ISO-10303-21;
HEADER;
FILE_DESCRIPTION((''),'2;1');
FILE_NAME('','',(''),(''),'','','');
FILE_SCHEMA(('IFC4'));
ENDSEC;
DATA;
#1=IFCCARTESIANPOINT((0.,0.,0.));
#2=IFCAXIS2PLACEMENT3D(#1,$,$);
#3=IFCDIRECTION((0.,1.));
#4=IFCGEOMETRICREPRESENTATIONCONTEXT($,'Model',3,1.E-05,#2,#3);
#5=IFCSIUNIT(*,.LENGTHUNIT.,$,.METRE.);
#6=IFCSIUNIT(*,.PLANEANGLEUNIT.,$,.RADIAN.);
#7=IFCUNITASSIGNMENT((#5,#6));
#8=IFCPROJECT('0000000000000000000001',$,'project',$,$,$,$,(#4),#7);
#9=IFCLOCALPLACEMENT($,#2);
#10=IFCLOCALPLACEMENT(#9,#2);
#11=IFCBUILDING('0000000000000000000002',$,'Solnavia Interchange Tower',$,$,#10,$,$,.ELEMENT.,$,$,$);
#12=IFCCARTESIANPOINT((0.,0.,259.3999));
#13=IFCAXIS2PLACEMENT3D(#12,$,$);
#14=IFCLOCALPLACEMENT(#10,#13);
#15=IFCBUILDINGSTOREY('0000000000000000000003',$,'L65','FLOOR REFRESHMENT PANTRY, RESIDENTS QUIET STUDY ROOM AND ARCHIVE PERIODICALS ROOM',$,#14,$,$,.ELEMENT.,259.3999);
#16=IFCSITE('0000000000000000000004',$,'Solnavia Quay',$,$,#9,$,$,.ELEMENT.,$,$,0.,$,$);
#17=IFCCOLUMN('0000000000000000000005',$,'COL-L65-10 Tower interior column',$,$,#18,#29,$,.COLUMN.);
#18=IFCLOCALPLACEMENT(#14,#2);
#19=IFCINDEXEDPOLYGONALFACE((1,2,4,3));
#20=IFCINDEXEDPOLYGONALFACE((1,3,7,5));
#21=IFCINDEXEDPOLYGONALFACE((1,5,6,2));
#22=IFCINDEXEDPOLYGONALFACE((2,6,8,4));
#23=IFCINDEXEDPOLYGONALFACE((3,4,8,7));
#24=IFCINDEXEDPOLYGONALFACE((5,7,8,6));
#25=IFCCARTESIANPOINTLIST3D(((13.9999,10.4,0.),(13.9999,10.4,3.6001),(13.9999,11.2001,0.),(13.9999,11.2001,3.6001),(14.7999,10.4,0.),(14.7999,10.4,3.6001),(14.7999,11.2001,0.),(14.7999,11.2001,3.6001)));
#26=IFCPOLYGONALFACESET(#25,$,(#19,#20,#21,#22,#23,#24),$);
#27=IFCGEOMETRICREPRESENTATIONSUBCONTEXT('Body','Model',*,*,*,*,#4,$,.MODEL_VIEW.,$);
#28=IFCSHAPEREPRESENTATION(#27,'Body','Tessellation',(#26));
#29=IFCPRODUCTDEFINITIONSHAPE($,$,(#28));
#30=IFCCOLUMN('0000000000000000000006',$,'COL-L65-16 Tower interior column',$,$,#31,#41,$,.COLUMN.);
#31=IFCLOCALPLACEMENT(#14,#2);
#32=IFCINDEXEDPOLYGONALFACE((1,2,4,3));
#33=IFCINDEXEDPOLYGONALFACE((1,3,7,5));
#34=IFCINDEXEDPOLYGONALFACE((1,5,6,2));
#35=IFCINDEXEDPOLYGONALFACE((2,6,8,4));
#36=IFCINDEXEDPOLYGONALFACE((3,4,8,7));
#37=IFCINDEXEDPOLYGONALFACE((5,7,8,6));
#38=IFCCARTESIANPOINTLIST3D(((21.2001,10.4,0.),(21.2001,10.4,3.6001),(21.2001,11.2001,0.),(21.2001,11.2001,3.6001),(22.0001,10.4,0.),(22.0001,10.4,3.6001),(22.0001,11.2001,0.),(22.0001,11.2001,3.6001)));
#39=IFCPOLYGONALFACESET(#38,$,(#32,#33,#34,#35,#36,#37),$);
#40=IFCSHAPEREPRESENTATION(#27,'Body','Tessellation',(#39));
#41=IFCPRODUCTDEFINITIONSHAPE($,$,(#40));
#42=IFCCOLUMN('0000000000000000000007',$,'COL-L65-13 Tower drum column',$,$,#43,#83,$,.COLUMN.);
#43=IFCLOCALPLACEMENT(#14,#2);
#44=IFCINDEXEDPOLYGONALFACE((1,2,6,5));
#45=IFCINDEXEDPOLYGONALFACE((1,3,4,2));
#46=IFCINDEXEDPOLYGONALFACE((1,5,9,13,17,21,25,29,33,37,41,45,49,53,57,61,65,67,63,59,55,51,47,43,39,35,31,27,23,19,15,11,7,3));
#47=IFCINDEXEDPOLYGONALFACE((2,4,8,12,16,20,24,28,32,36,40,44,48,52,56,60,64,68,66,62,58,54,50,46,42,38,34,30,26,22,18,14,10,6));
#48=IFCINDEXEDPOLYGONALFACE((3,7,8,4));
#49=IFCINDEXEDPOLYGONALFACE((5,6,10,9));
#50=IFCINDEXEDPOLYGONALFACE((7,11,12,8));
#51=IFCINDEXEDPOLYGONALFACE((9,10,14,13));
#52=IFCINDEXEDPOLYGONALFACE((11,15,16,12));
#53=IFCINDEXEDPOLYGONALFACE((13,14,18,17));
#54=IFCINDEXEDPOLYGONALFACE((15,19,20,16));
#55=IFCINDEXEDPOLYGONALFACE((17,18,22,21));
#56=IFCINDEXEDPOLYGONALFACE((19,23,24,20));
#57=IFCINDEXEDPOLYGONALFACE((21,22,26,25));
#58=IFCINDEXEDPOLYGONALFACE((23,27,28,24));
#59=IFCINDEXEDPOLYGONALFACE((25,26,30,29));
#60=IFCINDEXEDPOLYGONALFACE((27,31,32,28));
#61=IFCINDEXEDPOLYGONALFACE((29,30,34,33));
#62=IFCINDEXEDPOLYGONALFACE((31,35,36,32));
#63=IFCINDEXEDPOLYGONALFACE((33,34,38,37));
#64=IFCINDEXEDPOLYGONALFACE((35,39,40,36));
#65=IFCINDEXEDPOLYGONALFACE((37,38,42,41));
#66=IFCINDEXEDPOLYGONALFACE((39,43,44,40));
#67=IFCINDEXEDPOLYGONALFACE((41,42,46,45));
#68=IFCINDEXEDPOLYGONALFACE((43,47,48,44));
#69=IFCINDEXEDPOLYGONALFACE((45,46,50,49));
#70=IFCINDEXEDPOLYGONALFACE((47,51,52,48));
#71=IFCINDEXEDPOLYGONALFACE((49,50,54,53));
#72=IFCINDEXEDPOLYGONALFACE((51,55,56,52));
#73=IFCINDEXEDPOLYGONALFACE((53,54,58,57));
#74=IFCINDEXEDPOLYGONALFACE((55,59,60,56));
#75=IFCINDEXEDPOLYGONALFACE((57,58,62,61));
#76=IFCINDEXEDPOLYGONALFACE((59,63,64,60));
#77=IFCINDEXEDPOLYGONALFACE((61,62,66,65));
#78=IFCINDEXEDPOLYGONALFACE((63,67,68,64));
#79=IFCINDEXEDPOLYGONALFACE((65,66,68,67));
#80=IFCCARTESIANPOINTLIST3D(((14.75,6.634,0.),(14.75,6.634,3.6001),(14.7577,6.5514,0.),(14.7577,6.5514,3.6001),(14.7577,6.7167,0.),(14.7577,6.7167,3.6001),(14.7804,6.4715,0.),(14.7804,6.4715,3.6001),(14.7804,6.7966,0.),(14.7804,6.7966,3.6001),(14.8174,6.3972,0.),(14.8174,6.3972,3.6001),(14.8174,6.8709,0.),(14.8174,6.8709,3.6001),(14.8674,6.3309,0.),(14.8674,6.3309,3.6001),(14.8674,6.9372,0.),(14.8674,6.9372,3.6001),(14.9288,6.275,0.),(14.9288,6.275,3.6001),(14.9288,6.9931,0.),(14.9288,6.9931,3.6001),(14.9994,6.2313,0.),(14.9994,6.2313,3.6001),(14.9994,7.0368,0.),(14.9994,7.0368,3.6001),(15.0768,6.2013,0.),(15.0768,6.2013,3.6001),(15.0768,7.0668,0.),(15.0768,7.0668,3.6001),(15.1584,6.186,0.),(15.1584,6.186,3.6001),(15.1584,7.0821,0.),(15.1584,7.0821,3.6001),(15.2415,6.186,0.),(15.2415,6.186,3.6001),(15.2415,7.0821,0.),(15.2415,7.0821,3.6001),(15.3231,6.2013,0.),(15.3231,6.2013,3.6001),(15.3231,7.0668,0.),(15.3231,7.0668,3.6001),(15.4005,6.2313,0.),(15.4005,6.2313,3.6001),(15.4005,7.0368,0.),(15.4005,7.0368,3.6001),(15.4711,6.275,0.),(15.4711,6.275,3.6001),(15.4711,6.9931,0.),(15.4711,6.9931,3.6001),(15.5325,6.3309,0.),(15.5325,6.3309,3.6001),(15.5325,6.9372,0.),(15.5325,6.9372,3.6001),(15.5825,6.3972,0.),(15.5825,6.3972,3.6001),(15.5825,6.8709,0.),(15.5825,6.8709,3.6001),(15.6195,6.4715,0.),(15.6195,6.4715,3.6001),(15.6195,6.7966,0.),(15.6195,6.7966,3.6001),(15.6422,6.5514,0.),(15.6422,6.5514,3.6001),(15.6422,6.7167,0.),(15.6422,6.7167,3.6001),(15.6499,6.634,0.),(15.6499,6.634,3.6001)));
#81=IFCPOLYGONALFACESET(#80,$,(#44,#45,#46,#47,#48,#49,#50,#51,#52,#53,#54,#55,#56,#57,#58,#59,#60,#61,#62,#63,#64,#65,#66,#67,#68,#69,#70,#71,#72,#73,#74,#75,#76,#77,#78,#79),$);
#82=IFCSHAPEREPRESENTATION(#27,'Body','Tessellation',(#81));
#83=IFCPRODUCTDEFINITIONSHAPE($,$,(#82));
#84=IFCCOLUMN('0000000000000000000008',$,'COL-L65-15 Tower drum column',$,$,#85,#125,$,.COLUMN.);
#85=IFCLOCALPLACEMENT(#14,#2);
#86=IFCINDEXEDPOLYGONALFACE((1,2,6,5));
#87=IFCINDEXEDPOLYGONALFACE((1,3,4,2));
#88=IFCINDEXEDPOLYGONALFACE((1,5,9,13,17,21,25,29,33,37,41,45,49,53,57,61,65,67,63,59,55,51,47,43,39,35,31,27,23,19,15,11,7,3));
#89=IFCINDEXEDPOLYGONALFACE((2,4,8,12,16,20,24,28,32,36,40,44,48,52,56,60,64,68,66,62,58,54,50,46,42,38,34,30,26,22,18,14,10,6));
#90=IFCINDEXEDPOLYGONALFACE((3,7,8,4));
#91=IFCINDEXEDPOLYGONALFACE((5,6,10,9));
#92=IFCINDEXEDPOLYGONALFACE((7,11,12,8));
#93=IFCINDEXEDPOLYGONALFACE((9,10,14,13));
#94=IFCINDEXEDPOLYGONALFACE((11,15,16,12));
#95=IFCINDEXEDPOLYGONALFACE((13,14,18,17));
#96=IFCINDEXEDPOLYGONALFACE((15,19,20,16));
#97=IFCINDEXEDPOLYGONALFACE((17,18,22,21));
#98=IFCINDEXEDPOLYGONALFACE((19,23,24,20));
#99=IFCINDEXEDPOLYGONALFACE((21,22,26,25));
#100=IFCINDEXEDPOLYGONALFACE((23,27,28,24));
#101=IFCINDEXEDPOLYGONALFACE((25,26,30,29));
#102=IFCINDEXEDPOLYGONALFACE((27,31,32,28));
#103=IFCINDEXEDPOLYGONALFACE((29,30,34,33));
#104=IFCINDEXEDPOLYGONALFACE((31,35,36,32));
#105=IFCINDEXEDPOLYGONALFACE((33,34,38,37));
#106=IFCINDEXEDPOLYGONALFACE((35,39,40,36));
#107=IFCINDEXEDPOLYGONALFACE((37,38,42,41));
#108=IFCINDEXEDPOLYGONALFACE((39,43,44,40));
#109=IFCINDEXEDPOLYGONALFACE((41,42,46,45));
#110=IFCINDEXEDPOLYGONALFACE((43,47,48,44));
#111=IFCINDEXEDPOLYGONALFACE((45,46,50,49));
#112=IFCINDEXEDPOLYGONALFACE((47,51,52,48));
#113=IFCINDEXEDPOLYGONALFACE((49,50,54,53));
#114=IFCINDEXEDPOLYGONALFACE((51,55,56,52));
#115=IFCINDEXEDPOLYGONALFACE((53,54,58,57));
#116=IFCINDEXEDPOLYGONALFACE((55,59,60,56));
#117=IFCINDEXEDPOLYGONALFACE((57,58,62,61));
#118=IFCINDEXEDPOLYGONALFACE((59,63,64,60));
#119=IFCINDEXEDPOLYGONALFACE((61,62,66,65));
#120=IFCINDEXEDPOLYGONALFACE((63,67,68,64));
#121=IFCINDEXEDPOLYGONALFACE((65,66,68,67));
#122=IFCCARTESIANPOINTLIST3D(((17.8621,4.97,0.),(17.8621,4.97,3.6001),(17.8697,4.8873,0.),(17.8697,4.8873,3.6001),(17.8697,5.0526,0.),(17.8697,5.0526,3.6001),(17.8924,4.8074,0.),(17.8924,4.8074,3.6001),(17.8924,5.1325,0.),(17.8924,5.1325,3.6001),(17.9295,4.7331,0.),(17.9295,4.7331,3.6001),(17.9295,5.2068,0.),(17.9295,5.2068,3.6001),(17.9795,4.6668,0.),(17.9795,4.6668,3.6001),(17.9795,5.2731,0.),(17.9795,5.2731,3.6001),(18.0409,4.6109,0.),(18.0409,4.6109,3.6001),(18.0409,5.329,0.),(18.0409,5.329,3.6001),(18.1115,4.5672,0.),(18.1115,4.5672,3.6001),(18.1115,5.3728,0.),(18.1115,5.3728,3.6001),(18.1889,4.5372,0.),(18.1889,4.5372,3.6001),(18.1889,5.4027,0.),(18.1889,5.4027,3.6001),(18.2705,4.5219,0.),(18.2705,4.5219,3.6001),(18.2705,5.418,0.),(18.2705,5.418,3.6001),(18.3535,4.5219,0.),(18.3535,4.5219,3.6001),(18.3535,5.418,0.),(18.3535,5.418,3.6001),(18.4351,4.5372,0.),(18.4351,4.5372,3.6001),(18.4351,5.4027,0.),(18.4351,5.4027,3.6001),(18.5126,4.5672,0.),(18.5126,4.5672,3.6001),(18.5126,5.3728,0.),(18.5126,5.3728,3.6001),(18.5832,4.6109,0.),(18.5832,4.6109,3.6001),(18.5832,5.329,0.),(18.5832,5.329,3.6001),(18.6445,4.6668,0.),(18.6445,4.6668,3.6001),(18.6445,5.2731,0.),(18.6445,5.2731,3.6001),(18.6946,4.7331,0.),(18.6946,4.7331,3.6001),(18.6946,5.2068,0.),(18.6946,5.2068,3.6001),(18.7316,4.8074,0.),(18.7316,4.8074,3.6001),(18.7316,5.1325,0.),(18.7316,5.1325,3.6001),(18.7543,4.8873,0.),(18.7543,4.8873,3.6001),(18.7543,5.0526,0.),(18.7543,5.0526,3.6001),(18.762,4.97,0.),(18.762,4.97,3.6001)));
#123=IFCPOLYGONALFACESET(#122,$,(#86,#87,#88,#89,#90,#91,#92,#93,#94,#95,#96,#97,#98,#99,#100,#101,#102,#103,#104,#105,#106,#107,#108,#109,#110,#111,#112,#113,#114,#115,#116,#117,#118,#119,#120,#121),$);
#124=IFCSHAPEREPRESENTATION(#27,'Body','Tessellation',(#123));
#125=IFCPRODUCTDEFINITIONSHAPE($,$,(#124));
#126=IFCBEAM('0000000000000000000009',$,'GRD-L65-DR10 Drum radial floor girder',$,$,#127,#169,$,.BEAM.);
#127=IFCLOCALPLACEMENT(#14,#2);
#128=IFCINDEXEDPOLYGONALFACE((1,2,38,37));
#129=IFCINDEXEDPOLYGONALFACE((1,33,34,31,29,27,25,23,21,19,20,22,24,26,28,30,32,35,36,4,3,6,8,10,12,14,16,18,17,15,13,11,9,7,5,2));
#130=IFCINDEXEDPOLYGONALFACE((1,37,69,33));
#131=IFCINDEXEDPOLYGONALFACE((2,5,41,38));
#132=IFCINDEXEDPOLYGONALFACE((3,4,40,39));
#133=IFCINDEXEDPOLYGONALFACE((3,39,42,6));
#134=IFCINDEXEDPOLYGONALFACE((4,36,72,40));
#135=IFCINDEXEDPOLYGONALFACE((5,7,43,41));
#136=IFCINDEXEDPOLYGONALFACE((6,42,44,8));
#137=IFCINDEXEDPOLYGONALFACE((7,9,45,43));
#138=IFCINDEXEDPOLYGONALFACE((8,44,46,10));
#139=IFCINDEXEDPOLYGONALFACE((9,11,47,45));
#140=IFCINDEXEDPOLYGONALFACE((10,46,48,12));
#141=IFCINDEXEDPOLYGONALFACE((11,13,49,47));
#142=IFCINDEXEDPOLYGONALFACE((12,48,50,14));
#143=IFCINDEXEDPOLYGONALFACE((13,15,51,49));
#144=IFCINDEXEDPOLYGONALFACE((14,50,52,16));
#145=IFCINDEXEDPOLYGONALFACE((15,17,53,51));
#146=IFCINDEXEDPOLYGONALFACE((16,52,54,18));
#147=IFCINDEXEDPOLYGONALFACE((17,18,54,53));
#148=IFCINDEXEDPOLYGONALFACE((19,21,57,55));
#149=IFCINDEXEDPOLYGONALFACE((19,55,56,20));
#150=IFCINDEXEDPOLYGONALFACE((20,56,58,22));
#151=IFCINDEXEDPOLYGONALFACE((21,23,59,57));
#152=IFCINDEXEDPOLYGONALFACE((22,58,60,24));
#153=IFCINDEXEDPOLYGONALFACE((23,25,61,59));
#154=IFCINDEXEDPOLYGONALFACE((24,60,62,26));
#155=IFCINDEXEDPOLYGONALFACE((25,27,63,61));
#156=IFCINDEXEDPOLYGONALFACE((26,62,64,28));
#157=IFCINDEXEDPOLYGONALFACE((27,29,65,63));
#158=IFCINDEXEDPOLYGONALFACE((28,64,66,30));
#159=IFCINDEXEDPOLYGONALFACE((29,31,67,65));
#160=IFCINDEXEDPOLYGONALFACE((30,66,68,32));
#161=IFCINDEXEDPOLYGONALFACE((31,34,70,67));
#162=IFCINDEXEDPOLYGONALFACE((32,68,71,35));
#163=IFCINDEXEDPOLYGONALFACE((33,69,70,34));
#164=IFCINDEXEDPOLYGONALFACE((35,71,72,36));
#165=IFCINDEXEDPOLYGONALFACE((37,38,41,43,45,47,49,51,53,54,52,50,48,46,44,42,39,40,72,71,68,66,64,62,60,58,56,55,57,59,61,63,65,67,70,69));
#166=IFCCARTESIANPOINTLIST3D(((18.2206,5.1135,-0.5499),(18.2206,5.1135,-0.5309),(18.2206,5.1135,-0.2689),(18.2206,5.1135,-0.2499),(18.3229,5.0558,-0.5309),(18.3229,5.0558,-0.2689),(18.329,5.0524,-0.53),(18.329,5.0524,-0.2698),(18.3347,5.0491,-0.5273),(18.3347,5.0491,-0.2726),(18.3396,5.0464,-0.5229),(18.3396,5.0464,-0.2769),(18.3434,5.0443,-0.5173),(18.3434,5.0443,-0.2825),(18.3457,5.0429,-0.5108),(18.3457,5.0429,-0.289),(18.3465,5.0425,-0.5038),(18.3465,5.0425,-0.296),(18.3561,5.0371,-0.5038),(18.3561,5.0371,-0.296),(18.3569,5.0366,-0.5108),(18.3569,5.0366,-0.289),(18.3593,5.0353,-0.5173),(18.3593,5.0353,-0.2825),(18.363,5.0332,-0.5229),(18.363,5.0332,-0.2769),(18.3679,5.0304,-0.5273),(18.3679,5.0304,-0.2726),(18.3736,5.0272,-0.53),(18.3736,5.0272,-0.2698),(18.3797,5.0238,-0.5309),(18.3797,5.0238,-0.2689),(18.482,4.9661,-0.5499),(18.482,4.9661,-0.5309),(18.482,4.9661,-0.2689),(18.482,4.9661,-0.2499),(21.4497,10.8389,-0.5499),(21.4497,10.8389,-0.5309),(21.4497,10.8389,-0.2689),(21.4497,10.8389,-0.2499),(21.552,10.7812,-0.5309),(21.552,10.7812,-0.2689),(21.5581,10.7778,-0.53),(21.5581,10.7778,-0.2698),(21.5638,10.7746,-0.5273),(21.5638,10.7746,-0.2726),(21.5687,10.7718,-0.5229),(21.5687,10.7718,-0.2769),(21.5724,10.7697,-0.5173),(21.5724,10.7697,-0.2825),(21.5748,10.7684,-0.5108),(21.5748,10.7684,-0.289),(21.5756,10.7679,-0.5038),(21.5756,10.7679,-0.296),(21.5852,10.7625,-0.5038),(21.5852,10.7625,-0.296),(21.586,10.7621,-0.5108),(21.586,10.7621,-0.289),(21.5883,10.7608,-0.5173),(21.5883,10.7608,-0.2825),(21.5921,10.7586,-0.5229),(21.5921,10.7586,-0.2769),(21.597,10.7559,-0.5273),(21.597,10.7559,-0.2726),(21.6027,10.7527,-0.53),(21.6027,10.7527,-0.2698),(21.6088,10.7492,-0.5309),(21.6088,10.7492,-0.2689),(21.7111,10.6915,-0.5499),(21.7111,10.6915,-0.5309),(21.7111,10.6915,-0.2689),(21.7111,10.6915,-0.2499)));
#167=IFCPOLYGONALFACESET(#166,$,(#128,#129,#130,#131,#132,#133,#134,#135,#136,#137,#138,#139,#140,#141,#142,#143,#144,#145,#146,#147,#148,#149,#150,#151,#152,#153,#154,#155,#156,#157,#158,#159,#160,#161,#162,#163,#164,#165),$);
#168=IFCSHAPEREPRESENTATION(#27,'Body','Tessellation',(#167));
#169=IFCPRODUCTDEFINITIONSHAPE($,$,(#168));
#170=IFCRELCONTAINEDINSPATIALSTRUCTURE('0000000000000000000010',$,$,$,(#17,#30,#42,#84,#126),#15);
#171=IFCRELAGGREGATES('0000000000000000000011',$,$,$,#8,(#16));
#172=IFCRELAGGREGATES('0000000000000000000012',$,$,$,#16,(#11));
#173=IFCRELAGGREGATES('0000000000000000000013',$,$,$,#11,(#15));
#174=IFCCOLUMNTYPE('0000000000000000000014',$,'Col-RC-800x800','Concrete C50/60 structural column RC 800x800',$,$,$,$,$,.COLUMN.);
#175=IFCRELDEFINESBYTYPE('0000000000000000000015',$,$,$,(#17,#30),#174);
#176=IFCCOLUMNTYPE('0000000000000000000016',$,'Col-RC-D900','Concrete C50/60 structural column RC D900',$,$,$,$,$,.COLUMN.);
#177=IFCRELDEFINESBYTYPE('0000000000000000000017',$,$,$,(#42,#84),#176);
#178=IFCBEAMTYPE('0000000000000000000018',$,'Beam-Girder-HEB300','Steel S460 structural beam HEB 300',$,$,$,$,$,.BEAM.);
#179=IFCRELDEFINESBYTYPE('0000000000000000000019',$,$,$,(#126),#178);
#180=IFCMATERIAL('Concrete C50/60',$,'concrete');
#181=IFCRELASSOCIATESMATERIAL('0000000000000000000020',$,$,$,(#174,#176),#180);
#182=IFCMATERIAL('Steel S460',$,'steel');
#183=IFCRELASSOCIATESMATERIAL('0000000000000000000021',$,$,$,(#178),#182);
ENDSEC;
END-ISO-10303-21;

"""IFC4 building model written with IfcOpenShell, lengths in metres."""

from ifc_helpers import new_model, si_unit, direction, frame, origin, origin_2d, place, context, subcontext, project, spatial, rectangle, circle, i_section, extrude, material, material_profile, profile_set, type_object, element, save


model = new_model("IFC4")

# Units and contexts
model_context = context("Model", 3, precision=1e-05, world=origin(), true_north=direction((0.0, 1.0)))
body_context = subcontext(model_context, "Body", "Model", "MODEL_VIEW")
ifc_project = project(units=[si_unit("LENGTHUNIT", "METRE"), si_unit("PLANEANGLEUNIT", "RADIAN")], contexts=[model_context])

# Site, building, storey
site_placement = place(None, origin())
site = spatial("IfcSite", under=ifc_project, at=site_placement, Name="Solnavia Quay", CompositionType="ELEMENT", RefElevation=0.0)
building_placement = place(site_placement, origin())
building = spatial("IfcBuilding", under=site, at=building_placement, Name="Solnavia Interchange Tower", CompositionType="ELEMENT")
storey_placement = place(building_placement, frame((0.0, 0.0, 259.3999)))
storey = spatial("IfcBuildingStorey", under=building, at=storey_placement, Name="L65", Description="FLOOR REFRESHMENT PANTRY, RESIDENTS QUIET STUDY ROOM AND ARCHIVE PERIODICALS ROOM", CompositionType="ELEMENT", Elevation=259.3999)

# Columns
ifc_material_1 = material(Name="Concrete C50/60", Category="concrete")
ifc_material_profile_1 = material_profile(ifc_material_1, rectangle(XDim=0.8, YDim=0.8, at=origin_2d()), Name="RC 800x800")
ifc_profile_set_1 = profile_set([ifc_material_profile_1], Name="Concrete C50/60")
column_type_1 = type_object("IfcColumnType", Name="Col-RC-800x800", Description="Concrete C50/60 structural column RC 800x800", PredefinedType="COLUMN", material=ifc_profile_set_1)
for number, where, z_axis, x_axis, name in (
    (1, (14.3999, 10.8, 0.0), (0.0, 0.0, 1.0), (1.0, 0.0, 0.0), "COL-L65-10 Tower interior column"),
    (2, (21.6001, 10.8, 0.0), (0.0, 0.0, 1.0), (1.0, 0.0, 0.0), "COL-L65-16 Tower interior column"),
):
    element("IfcColumn", number, at=place(storey_placement, frame(where, z_axis=z_axis, x_axis=x_axis)), inside=storey, type_object=column_type_1, Name=name, PredefinedType="COLUMN", context=body_context, shape_type="SweptSolid", body=[
        extrude(rectangle(XDim=0.8, YDim=0.8, at=origin_2d()), origin(), (0.0, 0.0, 1.0), 3.6001),
    ])
ifc_material_profile_2 = material_profile(ifc_material_1, circle(Radius=0.45, at=origin_2d()), Name="RC D900")
ifc_profile_set_2 = profile_set([ifc_material_profile_2], Name="Concrete C50/60")
column_type_2 = type_object("IfcColumnType", Name="Col-RC-D900", Description="Concrete C50/60 structural column RC D900", PredefinedType="COLUMN", material=ifc_profile_set_2)
for number, where, z_axis, x_axis, name in (
    (3, (15.2, 6.634, 0.0), (0.0, 0.0, 1.0), (1.0, 0.0, 0.0), "COL-L65-13 Tower drum column"),
    (4, (18.312, 4.97, 0.0), (0.0, 0.0, 1.0), (1.0, 0.0, 0.0), "COL-L65-15 Tower drum column"),
):
    element("IfcColumn", number, at=place(storey_placement, frame(where, z_axis=z_axis, x_axis=x_axis)), inside=storey, type_object=column_type_2, Name=name, PredefinedType="COLUMN", context=body_context, shape_type="SweptSolid", body=[
        extrude(circle(Radius=0.45, at=origin_2d()), origin(), (0.0, 0.0, 1.0), 3.6001),
    ])

# Beam
ifc_material_2 = material(Name="Steel S460", Category="steel")
ifc_material_profile_3 = material_profile(ifc_material_2, i_section(OverallWidth=0.3, OverallDepth=0.3, WebThickness=0.011, FlangeThickness=0.019, FilletRadius=0.0271, at=origin_2d()), Name="HEB 300")
ifc_profile_set_3 = profile_set([ifc_material_profile_3], Name="Steel S460")
beam_type_1 = type_object("IfcBeamType", Name="Beam-Girder-HEB300", Description="Steel S460 structural beam HEB 300", PredefinedType="BEAM", material=ifc_profile_set_3)
beam_1_placement = place(storey_placement, frame((18.3513, 5.0398, -0.3999), z_axis=(0.491243, 0.871022, 0.0), x_axis=(-0.871022, 0.491243, 0.0)))
element("IfcBeam", 5, at=beam_1_placement, inside=storey, type_object=beam_type_1, Name="GRD-L65-DR10 Drum radial floor girder", PredefinedType="BEAM", context=body_context, shape_type="SweptSolid", body=[
    extrude(i_section(OverallWidth=0.3, OverallDepth=0.3, WebThickness=0.011, FlangeThickness=0.019, FilletRadius=0.0271, at=origin_2d()), origin(), (0.0, 0.0, 1.0), 6.5732),
])

save(model, "model.ifc")
